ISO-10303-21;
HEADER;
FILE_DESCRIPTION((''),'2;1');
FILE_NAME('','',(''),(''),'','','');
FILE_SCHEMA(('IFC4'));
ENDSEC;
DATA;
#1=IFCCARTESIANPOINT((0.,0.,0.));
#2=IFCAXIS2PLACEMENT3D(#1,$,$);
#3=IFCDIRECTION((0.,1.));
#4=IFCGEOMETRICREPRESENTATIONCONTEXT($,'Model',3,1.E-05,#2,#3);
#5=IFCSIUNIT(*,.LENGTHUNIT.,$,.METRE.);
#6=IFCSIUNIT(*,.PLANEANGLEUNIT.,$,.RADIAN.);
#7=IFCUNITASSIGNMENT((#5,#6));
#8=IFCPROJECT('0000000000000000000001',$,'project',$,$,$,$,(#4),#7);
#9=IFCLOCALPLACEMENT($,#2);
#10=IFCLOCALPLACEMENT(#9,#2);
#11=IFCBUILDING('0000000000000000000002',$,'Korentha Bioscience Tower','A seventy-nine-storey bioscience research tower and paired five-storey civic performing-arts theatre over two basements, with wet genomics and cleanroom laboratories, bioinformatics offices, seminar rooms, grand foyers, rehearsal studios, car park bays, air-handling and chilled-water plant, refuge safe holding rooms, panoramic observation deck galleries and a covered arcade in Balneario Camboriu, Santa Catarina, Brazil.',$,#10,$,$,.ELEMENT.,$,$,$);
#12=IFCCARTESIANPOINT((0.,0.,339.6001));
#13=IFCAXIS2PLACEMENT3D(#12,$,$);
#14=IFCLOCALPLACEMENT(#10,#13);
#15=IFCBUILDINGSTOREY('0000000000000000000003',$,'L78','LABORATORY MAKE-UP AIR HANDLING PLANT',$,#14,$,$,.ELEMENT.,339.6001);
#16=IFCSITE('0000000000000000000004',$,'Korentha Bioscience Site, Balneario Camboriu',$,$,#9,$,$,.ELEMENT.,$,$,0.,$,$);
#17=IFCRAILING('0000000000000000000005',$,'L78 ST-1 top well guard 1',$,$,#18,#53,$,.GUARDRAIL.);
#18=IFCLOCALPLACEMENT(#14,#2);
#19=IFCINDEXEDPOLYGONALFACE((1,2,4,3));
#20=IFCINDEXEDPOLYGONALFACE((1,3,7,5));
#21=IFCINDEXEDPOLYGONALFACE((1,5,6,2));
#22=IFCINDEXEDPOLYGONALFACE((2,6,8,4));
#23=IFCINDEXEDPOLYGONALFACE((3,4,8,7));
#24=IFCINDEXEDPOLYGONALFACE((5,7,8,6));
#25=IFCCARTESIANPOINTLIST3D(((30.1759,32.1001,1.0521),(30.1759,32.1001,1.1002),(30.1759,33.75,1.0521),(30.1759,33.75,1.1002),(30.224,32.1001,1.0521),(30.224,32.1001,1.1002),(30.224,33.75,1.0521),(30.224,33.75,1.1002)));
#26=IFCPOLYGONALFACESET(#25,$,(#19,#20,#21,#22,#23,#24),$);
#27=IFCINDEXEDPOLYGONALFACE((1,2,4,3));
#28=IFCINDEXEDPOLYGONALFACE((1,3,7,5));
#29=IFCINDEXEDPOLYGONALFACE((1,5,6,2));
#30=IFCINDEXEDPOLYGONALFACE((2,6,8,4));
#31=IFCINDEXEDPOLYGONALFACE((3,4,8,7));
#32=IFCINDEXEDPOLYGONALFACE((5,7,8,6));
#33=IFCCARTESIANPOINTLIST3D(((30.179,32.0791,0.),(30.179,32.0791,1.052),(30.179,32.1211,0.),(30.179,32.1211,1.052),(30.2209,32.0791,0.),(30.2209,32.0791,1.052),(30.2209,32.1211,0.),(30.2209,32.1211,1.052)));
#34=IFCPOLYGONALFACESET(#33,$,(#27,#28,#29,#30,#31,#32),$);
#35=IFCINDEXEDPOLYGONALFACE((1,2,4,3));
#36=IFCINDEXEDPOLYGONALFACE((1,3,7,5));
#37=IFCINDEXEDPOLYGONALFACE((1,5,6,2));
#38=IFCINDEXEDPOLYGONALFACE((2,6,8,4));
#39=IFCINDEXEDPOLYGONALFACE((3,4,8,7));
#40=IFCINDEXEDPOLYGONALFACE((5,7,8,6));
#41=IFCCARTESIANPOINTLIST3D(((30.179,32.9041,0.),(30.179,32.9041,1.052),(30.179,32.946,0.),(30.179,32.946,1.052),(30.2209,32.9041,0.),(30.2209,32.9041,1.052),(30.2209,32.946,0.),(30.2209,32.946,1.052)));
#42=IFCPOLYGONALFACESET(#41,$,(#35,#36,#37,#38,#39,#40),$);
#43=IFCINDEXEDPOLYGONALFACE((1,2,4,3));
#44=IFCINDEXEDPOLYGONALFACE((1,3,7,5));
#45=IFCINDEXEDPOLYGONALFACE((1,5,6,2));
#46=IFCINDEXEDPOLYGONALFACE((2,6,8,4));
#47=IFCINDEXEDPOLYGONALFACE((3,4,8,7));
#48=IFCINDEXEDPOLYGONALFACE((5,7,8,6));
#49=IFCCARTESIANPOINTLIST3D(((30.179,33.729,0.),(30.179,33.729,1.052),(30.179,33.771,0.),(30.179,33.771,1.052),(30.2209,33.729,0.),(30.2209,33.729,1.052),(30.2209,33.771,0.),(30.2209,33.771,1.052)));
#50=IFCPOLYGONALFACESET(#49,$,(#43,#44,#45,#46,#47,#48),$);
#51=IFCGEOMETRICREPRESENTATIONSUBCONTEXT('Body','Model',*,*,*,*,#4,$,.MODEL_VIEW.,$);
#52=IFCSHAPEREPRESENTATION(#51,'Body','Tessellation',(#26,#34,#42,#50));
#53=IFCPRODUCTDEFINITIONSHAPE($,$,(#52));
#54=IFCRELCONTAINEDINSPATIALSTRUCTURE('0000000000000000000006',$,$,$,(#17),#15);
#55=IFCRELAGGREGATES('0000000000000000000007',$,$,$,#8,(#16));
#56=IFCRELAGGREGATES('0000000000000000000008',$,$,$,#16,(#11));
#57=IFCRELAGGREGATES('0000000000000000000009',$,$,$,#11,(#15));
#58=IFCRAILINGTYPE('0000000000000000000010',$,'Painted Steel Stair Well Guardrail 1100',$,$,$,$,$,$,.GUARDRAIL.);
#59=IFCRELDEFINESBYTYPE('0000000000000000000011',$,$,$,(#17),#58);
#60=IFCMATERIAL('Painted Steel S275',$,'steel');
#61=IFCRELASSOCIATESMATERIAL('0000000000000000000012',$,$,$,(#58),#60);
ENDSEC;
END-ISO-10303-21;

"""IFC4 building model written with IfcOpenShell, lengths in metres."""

from ifc_helpers import new_model, si_unit, direction, frame, origin, origin_2d, place, context, subcontext, project, spatial, rectangle, extrude, material, type_object, element, save


model = new_model("IFC4")

# Units and contexts
model_context = context("Model", 3, precision=1e-05, world=origin(), true_north=direction((0.0, 1.0)))
body_context = subcontext(model_context, "Body", "Model", "MODEL_VIEW")
ifc_project = project(units=[si_unit("LENGTHUNIT", "METRE"), si_unit("PLANEANGLEUNIT", "RADIAN")], contexts=[model_context])

# Site, building, storey
site_placement = place(None, origin())
site = spatial("IfcSite", under=ifc_project, at=site_placement, Name="Korentha Bioscience Site, Balneario Camboriu", CompositionType="ELEMENT", RefElevation=0.0)
building_placement = place(site_placement, origin())
building = spatial("IfcBuilding", under=site, at=building_placement, Name="Korentha Bioscience Tower", Description="A seventy-nine-storey bioscience research tower and paired five-storey civic performing-arts theatre over two basements, with wet genomics and cleanroom laboratories, bioinformatics offices, seminar rooms, grand foyers, rehearsal studios, car park bays, air-handling and chilled-water plant, refuge safe holding rooms, panoramic observation deck galleries and a covered arcade in Balneario Camboriu, Santa Catarina, Brazil.", CompositionType="ELEMENT")
storey_placement = place(building_placement, frame((0.0, 0.0, 339.6001)))
storey = spatial("IfcBuildingStorey", under=building, at=storey_placement, Name="L78", Description="LABORATORY MAKE-UP AIR HANDLING PLANT", CompositionType="ELEMENT", Elevation=339.6001)

# Railing
ifc_material_1 = material(Name="Painted Steel S275", Category="steel")
railing_type = type_object("IfcRailingType", Name="Painted Steel Stair Well Guardrail 1100", PredefinedType="GUARDRAIL", material=ifc_material_1)
railing_placement = place(storey_placement, frame((30.2, 32.1001, 0.0)))
element("IfcRailing", 1, at=railing_placement, inside=storey, type_object=railing_type, Name="L78 ST-1 top well guard 1", PredefinedType="GUARDRAIL", context=body_context, shape_type="SweptSolid", body=[
    extrude(rectangle(XDim=0.0481, YDim=0.0481, at=origin_2d()), frame((0.0, 0.0, 1.0762), z_axis=(0.0, 1.0, 0.0), x_axis=(-1.0, 0.0, 0.0)), (0.0, 0.0, 1.0), 1.6499),
    extrude(rectangle(XDim=0.042, YDim=0.042, at=origin_2d()), origin(), (0.0, 0.0, 1.0), 1.052),
    extrude(rectangle(XDim=0.042, YDim=0.042, at=origin_2d()), frame((0.0, 0.825, 0.0)), (0.0, 0.0, 1.0), 1.052),
    extrude(rectangle(XDim=0.042, YDim=0.042, at=origin_2d()), frame((0.0, 1.6499, 0.0)), (0.0, 0.0, 1.0), 1.052),
])

save(model, "model.ifc")
